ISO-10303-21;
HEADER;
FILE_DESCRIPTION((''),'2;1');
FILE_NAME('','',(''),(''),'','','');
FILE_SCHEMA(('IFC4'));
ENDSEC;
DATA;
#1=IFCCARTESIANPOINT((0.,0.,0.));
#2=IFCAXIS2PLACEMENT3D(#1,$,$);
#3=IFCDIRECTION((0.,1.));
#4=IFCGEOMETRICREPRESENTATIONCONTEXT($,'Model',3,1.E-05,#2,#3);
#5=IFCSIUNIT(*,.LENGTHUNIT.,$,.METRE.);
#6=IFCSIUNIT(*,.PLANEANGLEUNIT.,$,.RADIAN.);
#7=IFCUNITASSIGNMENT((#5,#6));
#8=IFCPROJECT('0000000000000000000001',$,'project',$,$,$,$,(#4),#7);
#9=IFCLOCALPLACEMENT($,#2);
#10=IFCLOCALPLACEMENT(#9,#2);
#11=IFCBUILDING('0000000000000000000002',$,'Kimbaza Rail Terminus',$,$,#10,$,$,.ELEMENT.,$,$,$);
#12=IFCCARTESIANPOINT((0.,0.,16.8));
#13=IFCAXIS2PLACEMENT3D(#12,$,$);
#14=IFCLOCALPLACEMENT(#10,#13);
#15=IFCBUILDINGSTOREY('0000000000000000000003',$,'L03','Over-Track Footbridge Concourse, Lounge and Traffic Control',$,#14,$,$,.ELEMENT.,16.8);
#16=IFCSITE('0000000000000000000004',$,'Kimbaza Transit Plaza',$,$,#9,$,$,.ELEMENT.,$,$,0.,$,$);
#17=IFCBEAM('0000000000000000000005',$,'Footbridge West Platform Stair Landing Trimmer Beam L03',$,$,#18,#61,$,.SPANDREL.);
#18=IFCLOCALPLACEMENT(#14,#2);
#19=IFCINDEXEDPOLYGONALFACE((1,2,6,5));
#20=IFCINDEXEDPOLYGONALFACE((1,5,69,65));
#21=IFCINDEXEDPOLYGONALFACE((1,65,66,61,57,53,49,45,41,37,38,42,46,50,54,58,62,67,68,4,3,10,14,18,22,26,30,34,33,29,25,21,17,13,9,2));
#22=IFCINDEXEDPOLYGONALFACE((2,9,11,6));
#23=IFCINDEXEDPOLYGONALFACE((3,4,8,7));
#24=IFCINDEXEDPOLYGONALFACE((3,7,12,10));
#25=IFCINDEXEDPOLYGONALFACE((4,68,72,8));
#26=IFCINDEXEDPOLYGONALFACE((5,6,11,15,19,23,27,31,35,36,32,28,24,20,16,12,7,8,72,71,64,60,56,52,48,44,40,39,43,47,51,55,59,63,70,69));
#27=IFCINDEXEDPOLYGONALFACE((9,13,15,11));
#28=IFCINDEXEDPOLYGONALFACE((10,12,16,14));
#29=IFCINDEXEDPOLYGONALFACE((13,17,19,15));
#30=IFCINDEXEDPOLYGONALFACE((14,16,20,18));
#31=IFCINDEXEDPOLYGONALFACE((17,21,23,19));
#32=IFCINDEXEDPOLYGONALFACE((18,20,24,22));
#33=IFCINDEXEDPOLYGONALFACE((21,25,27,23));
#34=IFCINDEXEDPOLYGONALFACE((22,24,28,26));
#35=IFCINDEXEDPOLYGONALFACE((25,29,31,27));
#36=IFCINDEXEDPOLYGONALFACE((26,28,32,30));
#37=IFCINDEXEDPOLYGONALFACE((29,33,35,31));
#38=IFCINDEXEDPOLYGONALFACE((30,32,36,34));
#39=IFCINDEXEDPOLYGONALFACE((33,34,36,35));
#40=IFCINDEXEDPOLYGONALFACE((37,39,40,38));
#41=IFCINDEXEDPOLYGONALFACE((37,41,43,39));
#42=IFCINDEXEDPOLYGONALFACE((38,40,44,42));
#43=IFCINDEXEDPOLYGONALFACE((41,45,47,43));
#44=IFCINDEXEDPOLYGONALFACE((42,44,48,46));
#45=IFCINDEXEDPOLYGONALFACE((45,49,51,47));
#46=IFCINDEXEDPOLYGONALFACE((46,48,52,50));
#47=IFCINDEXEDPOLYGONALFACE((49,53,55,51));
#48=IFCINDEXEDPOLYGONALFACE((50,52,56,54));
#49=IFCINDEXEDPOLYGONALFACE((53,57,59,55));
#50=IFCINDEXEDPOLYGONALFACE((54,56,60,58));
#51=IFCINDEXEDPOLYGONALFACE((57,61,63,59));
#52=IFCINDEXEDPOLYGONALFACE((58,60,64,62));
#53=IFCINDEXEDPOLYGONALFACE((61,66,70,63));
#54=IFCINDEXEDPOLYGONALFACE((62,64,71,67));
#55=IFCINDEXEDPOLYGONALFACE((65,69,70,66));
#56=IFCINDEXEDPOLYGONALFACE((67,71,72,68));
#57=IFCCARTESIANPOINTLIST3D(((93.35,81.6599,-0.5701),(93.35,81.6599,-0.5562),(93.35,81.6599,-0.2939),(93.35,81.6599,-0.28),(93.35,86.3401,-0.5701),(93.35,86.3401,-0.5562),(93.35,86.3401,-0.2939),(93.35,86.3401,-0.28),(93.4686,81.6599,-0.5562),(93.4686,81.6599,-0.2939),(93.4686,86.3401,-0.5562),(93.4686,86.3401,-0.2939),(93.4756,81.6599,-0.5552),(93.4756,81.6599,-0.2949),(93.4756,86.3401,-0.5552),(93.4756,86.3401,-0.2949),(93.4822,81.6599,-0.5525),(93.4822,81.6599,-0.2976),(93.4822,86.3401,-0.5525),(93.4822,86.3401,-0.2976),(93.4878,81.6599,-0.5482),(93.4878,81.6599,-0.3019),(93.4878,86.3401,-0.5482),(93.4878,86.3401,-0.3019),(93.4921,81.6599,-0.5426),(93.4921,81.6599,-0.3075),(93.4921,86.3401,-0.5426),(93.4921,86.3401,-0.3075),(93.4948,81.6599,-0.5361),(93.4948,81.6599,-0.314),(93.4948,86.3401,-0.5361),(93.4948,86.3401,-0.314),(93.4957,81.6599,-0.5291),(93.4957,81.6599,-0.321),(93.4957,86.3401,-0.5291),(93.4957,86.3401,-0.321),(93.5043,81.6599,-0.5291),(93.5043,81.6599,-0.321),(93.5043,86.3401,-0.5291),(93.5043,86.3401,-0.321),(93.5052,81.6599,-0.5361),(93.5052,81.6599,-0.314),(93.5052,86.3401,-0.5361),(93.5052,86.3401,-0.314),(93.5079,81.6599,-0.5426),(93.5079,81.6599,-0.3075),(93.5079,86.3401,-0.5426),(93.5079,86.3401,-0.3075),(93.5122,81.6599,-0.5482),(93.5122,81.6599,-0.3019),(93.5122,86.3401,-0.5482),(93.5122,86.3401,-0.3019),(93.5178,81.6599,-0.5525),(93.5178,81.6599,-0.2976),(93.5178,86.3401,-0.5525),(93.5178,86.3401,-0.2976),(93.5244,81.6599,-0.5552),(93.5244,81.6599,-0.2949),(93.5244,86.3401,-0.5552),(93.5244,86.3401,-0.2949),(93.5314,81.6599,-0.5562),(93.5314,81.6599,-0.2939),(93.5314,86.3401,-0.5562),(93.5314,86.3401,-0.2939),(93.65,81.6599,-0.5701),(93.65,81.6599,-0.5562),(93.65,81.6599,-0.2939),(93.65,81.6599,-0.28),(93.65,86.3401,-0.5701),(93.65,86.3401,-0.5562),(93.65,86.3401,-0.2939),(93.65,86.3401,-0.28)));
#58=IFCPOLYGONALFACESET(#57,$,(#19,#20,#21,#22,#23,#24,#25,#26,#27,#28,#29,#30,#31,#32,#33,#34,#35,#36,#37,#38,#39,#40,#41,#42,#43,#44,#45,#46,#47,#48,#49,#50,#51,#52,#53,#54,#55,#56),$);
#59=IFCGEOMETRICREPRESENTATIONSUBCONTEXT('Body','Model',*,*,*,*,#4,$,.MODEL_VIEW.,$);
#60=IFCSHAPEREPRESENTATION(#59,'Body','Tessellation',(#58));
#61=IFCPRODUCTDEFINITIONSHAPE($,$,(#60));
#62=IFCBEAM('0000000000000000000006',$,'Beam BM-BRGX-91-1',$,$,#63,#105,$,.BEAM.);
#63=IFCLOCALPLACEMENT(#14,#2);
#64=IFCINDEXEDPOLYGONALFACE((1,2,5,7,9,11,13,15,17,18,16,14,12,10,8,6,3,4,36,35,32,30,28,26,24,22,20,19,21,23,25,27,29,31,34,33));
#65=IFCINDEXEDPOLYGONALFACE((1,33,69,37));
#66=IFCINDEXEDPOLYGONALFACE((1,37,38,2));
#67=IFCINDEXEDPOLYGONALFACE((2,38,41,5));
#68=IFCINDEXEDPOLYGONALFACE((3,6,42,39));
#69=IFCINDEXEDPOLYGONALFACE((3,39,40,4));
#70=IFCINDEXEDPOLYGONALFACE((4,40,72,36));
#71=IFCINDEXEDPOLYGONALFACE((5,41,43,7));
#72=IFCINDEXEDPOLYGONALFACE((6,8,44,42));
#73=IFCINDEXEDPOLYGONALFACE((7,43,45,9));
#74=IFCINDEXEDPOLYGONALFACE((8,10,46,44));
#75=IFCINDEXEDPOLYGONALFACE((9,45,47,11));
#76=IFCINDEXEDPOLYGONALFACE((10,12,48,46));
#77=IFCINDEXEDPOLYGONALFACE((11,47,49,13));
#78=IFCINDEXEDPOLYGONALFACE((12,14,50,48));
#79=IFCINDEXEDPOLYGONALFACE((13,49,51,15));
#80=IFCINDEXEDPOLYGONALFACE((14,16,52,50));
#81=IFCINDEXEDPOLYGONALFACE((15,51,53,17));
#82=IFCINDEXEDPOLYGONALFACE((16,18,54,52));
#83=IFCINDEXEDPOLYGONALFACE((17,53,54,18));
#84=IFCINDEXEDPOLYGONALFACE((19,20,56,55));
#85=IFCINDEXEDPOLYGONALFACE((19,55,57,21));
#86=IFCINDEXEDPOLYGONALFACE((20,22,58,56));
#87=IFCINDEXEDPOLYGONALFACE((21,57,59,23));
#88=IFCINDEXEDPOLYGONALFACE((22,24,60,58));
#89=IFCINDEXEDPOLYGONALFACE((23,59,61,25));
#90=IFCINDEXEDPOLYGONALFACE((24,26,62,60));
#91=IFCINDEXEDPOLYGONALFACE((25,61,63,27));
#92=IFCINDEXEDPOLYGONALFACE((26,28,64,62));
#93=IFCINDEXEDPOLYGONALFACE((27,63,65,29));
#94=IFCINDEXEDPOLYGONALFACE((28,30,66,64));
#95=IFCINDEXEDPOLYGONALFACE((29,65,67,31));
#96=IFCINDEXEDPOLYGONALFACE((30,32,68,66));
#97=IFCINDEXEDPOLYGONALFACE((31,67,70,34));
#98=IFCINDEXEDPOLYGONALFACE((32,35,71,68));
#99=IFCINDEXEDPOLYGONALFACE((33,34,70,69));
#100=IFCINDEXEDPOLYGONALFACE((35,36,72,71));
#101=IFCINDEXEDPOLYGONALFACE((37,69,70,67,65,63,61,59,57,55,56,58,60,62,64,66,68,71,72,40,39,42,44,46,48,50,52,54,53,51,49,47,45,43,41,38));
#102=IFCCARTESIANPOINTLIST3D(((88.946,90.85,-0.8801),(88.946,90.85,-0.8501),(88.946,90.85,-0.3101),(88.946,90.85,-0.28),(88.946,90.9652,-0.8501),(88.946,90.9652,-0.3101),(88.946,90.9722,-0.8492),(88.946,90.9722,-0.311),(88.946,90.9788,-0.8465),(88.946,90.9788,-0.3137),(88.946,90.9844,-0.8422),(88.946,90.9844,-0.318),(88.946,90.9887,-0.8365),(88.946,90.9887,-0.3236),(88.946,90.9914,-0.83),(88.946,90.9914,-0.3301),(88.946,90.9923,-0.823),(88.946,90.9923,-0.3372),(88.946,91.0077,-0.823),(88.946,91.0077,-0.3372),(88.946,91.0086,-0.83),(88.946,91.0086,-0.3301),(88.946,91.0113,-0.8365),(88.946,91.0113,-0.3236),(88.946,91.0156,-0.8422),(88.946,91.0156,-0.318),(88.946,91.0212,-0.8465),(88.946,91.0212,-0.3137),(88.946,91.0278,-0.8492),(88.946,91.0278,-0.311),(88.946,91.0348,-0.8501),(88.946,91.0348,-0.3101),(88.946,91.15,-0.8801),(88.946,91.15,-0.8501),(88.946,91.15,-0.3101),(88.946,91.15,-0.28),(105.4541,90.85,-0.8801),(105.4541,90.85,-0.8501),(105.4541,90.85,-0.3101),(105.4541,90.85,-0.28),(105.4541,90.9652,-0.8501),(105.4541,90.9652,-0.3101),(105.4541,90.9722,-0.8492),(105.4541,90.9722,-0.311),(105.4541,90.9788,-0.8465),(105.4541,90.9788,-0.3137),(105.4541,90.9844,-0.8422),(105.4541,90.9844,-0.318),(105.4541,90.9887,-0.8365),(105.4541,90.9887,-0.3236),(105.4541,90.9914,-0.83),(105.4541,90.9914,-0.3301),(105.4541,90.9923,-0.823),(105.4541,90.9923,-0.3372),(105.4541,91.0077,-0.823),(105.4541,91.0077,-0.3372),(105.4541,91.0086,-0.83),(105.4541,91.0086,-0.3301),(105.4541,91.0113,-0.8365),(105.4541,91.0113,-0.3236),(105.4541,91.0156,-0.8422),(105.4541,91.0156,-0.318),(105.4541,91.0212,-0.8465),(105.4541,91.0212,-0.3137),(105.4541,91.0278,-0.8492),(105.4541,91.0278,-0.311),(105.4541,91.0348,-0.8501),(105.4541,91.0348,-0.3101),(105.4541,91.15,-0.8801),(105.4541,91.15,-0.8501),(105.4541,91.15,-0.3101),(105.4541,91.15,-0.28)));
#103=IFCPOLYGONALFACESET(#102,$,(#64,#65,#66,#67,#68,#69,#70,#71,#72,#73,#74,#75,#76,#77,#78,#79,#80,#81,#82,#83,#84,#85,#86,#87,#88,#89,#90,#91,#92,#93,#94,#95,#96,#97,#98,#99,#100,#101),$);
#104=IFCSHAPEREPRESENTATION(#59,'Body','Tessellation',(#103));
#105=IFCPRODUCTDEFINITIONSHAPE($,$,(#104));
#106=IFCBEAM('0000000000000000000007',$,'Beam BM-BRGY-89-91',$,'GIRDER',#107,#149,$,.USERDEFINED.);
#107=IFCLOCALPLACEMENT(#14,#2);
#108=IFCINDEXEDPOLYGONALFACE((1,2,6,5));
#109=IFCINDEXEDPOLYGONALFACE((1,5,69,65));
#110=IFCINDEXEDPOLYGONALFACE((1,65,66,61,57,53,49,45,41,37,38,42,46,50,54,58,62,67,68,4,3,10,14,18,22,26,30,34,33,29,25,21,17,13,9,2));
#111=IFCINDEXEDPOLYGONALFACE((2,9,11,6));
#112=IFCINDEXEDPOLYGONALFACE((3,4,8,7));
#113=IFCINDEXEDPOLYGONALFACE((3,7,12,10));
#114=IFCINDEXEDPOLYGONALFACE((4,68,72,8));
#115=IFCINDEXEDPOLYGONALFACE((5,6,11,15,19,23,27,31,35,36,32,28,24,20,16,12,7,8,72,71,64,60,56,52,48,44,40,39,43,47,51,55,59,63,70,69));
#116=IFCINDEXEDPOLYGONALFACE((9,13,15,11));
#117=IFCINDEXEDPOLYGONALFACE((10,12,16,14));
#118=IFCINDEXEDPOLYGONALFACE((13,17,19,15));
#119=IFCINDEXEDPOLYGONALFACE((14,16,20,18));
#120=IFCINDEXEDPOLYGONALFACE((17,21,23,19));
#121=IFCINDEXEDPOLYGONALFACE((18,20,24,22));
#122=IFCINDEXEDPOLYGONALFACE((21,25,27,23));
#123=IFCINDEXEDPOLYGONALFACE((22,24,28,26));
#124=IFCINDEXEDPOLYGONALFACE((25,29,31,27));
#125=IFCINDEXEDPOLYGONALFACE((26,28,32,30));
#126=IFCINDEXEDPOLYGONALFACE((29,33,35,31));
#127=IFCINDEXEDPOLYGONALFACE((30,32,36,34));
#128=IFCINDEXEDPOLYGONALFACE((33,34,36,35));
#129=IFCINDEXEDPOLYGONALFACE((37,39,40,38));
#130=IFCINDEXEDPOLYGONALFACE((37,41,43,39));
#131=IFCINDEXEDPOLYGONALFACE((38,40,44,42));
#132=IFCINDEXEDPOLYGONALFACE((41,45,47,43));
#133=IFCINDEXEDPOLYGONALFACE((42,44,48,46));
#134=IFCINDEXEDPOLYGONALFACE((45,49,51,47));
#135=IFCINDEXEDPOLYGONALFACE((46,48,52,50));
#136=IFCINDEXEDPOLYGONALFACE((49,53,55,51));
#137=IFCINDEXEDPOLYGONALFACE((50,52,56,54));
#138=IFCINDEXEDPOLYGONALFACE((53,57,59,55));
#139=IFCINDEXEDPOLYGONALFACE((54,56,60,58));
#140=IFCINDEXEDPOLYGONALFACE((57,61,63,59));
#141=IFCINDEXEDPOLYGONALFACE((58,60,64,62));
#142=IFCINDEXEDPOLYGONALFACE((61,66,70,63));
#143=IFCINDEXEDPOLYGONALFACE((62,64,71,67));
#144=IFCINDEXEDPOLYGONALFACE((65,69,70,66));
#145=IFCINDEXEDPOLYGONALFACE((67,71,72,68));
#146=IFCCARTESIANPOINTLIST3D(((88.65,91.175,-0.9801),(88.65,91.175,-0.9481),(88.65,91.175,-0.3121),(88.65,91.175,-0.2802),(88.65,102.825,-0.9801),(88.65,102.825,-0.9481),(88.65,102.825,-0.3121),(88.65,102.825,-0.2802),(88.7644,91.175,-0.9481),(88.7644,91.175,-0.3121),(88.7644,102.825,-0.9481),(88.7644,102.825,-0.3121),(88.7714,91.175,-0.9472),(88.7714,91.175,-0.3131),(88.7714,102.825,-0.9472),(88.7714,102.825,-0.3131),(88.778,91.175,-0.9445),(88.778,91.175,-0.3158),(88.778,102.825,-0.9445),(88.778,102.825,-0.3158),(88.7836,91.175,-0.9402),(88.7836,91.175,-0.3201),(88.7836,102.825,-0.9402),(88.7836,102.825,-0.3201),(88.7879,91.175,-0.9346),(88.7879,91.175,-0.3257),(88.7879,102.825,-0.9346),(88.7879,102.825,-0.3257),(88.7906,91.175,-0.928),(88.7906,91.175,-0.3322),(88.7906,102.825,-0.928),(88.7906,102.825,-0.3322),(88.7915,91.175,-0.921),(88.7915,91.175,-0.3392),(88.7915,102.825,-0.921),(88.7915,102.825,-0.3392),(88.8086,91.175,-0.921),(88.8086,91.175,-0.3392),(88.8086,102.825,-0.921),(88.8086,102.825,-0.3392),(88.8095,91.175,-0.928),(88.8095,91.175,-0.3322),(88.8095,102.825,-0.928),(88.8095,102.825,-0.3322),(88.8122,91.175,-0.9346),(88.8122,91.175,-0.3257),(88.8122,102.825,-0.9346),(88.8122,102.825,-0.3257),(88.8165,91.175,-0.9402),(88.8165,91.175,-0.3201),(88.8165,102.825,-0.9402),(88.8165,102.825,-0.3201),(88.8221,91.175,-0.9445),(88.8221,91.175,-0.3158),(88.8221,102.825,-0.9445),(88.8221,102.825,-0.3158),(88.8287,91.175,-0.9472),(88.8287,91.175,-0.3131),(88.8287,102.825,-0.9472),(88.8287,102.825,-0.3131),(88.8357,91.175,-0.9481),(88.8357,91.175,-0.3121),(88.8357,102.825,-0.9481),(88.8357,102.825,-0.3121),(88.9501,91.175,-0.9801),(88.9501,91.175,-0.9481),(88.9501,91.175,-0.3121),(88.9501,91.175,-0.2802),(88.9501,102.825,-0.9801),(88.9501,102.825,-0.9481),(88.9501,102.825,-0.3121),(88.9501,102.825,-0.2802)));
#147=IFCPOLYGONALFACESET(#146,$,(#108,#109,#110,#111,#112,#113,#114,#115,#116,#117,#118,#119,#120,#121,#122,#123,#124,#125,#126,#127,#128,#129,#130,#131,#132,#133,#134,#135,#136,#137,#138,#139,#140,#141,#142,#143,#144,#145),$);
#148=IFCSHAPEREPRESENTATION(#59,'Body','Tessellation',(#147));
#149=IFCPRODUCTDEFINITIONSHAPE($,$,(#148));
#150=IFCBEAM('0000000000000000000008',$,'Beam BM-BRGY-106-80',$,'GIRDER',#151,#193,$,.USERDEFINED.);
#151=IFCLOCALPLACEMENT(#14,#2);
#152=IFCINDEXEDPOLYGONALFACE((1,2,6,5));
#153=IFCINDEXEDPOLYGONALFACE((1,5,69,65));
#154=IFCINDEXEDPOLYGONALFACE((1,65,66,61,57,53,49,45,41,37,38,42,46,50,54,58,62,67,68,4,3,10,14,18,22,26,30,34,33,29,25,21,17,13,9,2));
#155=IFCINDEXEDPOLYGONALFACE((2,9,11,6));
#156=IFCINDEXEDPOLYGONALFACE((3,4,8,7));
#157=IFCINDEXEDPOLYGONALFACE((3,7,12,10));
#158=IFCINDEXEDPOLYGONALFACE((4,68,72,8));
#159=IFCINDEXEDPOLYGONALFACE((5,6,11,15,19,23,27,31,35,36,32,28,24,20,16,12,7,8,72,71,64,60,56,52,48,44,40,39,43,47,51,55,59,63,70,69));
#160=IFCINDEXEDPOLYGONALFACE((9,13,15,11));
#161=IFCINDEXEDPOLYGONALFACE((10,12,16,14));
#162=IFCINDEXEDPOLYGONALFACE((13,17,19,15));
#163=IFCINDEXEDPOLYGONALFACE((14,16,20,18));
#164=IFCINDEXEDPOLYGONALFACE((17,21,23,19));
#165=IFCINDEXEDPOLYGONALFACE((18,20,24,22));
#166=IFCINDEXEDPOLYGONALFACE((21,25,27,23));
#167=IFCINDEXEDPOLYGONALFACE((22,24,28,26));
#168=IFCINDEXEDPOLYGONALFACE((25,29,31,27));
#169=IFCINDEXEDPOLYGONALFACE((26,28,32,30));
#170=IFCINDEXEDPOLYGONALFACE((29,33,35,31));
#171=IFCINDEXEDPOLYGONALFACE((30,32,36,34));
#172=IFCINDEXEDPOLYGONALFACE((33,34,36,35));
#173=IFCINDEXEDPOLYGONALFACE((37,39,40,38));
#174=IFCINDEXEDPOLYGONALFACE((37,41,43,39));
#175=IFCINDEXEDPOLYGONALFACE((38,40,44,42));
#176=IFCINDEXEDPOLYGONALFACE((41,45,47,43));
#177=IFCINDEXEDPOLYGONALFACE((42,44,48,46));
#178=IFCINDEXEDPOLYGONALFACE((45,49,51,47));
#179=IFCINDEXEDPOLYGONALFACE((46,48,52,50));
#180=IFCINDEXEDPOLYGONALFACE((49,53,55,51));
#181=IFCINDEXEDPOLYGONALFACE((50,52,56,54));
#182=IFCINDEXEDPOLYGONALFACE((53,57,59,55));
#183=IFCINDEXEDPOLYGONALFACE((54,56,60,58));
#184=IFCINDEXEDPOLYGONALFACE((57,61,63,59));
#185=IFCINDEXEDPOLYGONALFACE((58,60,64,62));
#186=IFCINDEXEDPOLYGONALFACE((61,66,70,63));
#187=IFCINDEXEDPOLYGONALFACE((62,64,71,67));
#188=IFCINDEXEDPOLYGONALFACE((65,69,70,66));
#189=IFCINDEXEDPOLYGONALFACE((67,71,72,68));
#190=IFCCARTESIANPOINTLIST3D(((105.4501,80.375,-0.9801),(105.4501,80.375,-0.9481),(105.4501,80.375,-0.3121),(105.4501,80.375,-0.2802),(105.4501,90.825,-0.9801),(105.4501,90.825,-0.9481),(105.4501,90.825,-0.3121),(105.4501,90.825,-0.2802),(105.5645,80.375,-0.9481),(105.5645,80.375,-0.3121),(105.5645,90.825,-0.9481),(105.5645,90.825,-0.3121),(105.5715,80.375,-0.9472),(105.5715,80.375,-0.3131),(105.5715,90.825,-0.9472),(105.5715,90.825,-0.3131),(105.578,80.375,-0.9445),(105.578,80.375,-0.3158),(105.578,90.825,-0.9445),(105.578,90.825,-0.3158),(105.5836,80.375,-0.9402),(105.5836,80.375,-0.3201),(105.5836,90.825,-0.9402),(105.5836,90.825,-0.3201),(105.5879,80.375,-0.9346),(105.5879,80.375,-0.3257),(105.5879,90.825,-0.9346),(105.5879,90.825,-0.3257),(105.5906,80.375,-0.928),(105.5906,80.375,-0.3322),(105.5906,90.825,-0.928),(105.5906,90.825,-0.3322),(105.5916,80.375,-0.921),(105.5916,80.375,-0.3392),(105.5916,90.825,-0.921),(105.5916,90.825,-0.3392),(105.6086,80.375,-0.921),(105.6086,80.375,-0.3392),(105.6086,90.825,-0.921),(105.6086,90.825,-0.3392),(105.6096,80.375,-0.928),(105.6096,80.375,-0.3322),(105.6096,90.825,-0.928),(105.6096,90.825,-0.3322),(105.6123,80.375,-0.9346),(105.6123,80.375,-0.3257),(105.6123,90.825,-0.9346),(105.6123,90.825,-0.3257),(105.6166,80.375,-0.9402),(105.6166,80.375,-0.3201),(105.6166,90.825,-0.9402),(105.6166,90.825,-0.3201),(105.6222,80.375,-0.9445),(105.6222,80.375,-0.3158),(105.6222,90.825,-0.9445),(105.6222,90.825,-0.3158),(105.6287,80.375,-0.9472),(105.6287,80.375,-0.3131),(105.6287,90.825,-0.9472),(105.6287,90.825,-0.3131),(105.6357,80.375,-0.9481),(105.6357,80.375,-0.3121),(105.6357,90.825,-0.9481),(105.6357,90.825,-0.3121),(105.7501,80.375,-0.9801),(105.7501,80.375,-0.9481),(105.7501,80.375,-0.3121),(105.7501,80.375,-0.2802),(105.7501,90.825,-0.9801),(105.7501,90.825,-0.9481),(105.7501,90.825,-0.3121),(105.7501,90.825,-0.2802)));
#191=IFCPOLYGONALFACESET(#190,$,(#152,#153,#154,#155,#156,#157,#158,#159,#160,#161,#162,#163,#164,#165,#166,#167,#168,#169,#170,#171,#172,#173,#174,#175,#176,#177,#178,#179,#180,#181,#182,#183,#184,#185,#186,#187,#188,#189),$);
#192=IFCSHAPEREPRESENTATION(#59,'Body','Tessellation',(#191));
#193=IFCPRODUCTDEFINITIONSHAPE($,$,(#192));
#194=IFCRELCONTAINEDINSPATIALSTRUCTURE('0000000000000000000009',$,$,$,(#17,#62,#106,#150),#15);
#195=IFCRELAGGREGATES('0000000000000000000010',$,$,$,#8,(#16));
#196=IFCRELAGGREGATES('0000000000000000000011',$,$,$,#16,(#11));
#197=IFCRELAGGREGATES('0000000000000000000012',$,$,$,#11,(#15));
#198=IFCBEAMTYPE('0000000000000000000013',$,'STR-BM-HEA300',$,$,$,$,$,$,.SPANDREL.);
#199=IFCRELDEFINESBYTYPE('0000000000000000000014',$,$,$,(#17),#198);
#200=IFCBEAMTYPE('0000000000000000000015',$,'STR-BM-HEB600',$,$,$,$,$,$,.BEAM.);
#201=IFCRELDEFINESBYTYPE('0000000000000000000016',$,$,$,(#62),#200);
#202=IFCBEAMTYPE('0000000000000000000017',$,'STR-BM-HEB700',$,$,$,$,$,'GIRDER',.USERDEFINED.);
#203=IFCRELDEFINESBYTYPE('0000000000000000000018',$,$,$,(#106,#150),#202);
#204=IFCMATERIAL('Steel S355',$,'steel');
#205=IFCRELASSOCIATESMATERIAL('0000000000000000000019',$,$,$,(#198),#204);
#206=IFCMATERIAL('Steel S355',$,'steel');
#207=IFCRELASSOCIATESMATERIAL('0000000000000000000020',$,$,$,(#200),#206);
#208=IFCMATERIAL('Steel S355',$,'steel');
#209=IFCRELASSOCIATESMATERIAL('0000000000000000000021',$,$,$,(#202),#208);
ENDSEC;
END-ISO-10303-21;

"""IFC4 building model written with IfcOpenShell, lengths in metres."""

from ifc_helpers import new_model, si_unit, direction, frame, origin, origin_2d, place, context, subcontext, project, spatial, i_section, extrude, material, material_profile, profile_set, type_object, element, save


model = new_model("IFC4")

# Units and contexts
model_context = context("Model", 3, precision=1e-05, world=origin(), true_north=direction((0.0, 1.0)))
body_context = subcontext(model_context, "Body", "Model", "MODEL_VIEW")
ifc_project = project(units=[si_unit("LENGTHUNIT", "METRE"), si_unit("PLANEANGLEUNIT", "RADIAN")], contexts=[model_context])

# Site, building, storey
site_placement = place(None, origin())
site = spatial("IfcSite", under=ifc_project, at=site_placement, Name="Kimbaza Transit Plaza", CompositionType="ELEMENT", RefElevation=0.0)
building_placement = place(site_placement, origin())
building = spatial("IfcBuilding", under=site, at=building_placement, Name="Kimbaza Rail Terminus", CompositionType="ELEMENT")
storey_placement = place(building_placement, frame((0.0, 0.0, 16.8)))
storey = spatial("IfcBuildingStorey", under=building, at=storey_placement, Name="L03", Description="Over-Track Footbridge Concourse, Lounge and Traffic Control", CompositionType="ELEMENT", Elevation=16.8)

# Beams
ifc_material_1 = material(Name="Steel S355", Category="steel")
ifc_material_profile_1 = material_profile(ifc_material_1, i_section(OverallWidth=0.3, OverallDepth=0.29, WebThickness=0.0085, FlangeThickness=0.0139, FilletRadius=0.0271, at=origin_2d()), Name="HEA 300")
ifc_profile_set_1 = profile_set([ifc_material_profile_1], Name="Steel S355")
beam_type_1 = type_object("IfcBeamType", Name="STR-BM-HEA300", PredefinedType="SPANDREL", material=ifc_profile_set_1)
beam_1_placement = place(storey_placement, frame((93.5, 81.6599, -0.425), z_axis=(0.0, 1.0, 0.0), x_axis=(-1.0, 0.0, 0.0)))
element("IfcBeam", 1, at=beam_1_placement, inside=storey, type_object=beam_type_1, Name="Footbridge West Platform Stair Landing Trimmer Beam L03", PredefinedType="SPANDREL", context=body_context, shape_type="SweptSolid", body=[
    extrude(i_section(OverallWidth=0.3, OverallDepth=0.29, WebThickness=0.0085, FlangeThickness=0.0139, FilletRadius=0.0271, at=origin_2d()), origin(), (0.0, 0.0, 1.0), 4.6802),
])
ifc_material_2 = material(Name="Steel S355", Category="steel")
ifc_material_profile_2 = material_profile(ifc_material_2, i_section(OverallWidth=0.3, OverallDepth=0.6001, WebThickness=0.0154, FlangeThickness=0.03, FilletRadius=0.0271, at=origin_2d()), Name="HEB 600")
ifc_profile_set_2 = profile_set([ifc_material_profile_2], Name="Steel S355")
beam_type_2 = type_object("IfcBeamType", Name="STR-BM-HEB600", PredefinedType="BEAM", material=ifc_profile_set_2)
beam_2_placement = place(storey_placement, frame((88.946, 91.0, -0.5801), z_axis=(1.0, 0.0, 0.0), x_axis=(0.0, 1.0, 0.0)))
element("IfcBeam", 2, at=beam_2_placement, inside=storey, type_object=beam_type_2, Name="Beam BM-BRGX-91-1", PredefinedType="BEAM", context=body_context, shape_type="SweptSolid", body=[
    extrude(i_section(OverallWidth=0.3, OverallDepth=0.6001, WebThickness=0.0154, FlangeThickness=0.03, FilletRadius=0.0271, at=origin_2d()), origin(), (0.0, 0.0, 1.0), 16.5081),
])
ifc_material_3 = material(Name="Steel S355", Category="steel")
ifc_material_profile_3 = material_profile(ifc_material_3, i_section(OverallWidth=0.3, OverallDepth=0.7, WebThickness=0.0171, FlangeThickness=0.032, FilletRadius=0.0271, at=origin_2d()), Name="HEB 700")
ifc_profile_set_3 = profile_set([ifc_material_profile_3], Name="Steel S355")
beam_type_3 = type_object("IfcBeamType", Name="STR-BM-HEB700", ElementType="GIRDER", PredefinedType="USERDEFINED", material=ifc_profile_set_3)
beam_3_placement = place(storey_placement, frame((88.8, 91.175, -0.6301), z_axis=(0.0, 1.0, 0.0), x_axis=(-1.0, 0.0, 0.0)))
element("IfcBeam", 3, at=beam_3_placement, inside=storey, type_object=beam_type_3, Name="Beam BM-BRGY-89-91", ObjectType="GIRDER", PredefinedType="USERDEFINED", context=body_context, shape_type="SweptSolid", body=[
    extrude(i_section(OverallWidth=0.3, OverallDepth=0.7, WebThickness=0.0171, FlangeThickness=0.032, FilletRadius=0.0271, at=origin_2d()), origin(), (0.0, 0.0, 1.0), 11.6499),
])
beam_4_placement = place(storey_placement, frame((105.6001, 80.375, -0.6301), z_axis=(0.0, 1.0, 0.0), x_axis=(-1.0, 0.0, 0.0)))
element("IfcBeam", 4, at=beam_4_placement, inside=storey, type_object=beam_type_3, Name="Beam BM-BRGY-106-80", ObjectType="GIRDER", PredefinedType="USERDEFINED", context=body_context, shape_type="SweptSolid", body=[
    extrude(i_section(OverallWidth=0.3, OverallDepth=0.7, WebThickness=0.0171, FlangeThickness=0.032, FilletRadius=0.0271, at=origin_2d()), origin(), (0.0, 0.0, 1.0), 10.45),
])

save(model, "model.ifc")
